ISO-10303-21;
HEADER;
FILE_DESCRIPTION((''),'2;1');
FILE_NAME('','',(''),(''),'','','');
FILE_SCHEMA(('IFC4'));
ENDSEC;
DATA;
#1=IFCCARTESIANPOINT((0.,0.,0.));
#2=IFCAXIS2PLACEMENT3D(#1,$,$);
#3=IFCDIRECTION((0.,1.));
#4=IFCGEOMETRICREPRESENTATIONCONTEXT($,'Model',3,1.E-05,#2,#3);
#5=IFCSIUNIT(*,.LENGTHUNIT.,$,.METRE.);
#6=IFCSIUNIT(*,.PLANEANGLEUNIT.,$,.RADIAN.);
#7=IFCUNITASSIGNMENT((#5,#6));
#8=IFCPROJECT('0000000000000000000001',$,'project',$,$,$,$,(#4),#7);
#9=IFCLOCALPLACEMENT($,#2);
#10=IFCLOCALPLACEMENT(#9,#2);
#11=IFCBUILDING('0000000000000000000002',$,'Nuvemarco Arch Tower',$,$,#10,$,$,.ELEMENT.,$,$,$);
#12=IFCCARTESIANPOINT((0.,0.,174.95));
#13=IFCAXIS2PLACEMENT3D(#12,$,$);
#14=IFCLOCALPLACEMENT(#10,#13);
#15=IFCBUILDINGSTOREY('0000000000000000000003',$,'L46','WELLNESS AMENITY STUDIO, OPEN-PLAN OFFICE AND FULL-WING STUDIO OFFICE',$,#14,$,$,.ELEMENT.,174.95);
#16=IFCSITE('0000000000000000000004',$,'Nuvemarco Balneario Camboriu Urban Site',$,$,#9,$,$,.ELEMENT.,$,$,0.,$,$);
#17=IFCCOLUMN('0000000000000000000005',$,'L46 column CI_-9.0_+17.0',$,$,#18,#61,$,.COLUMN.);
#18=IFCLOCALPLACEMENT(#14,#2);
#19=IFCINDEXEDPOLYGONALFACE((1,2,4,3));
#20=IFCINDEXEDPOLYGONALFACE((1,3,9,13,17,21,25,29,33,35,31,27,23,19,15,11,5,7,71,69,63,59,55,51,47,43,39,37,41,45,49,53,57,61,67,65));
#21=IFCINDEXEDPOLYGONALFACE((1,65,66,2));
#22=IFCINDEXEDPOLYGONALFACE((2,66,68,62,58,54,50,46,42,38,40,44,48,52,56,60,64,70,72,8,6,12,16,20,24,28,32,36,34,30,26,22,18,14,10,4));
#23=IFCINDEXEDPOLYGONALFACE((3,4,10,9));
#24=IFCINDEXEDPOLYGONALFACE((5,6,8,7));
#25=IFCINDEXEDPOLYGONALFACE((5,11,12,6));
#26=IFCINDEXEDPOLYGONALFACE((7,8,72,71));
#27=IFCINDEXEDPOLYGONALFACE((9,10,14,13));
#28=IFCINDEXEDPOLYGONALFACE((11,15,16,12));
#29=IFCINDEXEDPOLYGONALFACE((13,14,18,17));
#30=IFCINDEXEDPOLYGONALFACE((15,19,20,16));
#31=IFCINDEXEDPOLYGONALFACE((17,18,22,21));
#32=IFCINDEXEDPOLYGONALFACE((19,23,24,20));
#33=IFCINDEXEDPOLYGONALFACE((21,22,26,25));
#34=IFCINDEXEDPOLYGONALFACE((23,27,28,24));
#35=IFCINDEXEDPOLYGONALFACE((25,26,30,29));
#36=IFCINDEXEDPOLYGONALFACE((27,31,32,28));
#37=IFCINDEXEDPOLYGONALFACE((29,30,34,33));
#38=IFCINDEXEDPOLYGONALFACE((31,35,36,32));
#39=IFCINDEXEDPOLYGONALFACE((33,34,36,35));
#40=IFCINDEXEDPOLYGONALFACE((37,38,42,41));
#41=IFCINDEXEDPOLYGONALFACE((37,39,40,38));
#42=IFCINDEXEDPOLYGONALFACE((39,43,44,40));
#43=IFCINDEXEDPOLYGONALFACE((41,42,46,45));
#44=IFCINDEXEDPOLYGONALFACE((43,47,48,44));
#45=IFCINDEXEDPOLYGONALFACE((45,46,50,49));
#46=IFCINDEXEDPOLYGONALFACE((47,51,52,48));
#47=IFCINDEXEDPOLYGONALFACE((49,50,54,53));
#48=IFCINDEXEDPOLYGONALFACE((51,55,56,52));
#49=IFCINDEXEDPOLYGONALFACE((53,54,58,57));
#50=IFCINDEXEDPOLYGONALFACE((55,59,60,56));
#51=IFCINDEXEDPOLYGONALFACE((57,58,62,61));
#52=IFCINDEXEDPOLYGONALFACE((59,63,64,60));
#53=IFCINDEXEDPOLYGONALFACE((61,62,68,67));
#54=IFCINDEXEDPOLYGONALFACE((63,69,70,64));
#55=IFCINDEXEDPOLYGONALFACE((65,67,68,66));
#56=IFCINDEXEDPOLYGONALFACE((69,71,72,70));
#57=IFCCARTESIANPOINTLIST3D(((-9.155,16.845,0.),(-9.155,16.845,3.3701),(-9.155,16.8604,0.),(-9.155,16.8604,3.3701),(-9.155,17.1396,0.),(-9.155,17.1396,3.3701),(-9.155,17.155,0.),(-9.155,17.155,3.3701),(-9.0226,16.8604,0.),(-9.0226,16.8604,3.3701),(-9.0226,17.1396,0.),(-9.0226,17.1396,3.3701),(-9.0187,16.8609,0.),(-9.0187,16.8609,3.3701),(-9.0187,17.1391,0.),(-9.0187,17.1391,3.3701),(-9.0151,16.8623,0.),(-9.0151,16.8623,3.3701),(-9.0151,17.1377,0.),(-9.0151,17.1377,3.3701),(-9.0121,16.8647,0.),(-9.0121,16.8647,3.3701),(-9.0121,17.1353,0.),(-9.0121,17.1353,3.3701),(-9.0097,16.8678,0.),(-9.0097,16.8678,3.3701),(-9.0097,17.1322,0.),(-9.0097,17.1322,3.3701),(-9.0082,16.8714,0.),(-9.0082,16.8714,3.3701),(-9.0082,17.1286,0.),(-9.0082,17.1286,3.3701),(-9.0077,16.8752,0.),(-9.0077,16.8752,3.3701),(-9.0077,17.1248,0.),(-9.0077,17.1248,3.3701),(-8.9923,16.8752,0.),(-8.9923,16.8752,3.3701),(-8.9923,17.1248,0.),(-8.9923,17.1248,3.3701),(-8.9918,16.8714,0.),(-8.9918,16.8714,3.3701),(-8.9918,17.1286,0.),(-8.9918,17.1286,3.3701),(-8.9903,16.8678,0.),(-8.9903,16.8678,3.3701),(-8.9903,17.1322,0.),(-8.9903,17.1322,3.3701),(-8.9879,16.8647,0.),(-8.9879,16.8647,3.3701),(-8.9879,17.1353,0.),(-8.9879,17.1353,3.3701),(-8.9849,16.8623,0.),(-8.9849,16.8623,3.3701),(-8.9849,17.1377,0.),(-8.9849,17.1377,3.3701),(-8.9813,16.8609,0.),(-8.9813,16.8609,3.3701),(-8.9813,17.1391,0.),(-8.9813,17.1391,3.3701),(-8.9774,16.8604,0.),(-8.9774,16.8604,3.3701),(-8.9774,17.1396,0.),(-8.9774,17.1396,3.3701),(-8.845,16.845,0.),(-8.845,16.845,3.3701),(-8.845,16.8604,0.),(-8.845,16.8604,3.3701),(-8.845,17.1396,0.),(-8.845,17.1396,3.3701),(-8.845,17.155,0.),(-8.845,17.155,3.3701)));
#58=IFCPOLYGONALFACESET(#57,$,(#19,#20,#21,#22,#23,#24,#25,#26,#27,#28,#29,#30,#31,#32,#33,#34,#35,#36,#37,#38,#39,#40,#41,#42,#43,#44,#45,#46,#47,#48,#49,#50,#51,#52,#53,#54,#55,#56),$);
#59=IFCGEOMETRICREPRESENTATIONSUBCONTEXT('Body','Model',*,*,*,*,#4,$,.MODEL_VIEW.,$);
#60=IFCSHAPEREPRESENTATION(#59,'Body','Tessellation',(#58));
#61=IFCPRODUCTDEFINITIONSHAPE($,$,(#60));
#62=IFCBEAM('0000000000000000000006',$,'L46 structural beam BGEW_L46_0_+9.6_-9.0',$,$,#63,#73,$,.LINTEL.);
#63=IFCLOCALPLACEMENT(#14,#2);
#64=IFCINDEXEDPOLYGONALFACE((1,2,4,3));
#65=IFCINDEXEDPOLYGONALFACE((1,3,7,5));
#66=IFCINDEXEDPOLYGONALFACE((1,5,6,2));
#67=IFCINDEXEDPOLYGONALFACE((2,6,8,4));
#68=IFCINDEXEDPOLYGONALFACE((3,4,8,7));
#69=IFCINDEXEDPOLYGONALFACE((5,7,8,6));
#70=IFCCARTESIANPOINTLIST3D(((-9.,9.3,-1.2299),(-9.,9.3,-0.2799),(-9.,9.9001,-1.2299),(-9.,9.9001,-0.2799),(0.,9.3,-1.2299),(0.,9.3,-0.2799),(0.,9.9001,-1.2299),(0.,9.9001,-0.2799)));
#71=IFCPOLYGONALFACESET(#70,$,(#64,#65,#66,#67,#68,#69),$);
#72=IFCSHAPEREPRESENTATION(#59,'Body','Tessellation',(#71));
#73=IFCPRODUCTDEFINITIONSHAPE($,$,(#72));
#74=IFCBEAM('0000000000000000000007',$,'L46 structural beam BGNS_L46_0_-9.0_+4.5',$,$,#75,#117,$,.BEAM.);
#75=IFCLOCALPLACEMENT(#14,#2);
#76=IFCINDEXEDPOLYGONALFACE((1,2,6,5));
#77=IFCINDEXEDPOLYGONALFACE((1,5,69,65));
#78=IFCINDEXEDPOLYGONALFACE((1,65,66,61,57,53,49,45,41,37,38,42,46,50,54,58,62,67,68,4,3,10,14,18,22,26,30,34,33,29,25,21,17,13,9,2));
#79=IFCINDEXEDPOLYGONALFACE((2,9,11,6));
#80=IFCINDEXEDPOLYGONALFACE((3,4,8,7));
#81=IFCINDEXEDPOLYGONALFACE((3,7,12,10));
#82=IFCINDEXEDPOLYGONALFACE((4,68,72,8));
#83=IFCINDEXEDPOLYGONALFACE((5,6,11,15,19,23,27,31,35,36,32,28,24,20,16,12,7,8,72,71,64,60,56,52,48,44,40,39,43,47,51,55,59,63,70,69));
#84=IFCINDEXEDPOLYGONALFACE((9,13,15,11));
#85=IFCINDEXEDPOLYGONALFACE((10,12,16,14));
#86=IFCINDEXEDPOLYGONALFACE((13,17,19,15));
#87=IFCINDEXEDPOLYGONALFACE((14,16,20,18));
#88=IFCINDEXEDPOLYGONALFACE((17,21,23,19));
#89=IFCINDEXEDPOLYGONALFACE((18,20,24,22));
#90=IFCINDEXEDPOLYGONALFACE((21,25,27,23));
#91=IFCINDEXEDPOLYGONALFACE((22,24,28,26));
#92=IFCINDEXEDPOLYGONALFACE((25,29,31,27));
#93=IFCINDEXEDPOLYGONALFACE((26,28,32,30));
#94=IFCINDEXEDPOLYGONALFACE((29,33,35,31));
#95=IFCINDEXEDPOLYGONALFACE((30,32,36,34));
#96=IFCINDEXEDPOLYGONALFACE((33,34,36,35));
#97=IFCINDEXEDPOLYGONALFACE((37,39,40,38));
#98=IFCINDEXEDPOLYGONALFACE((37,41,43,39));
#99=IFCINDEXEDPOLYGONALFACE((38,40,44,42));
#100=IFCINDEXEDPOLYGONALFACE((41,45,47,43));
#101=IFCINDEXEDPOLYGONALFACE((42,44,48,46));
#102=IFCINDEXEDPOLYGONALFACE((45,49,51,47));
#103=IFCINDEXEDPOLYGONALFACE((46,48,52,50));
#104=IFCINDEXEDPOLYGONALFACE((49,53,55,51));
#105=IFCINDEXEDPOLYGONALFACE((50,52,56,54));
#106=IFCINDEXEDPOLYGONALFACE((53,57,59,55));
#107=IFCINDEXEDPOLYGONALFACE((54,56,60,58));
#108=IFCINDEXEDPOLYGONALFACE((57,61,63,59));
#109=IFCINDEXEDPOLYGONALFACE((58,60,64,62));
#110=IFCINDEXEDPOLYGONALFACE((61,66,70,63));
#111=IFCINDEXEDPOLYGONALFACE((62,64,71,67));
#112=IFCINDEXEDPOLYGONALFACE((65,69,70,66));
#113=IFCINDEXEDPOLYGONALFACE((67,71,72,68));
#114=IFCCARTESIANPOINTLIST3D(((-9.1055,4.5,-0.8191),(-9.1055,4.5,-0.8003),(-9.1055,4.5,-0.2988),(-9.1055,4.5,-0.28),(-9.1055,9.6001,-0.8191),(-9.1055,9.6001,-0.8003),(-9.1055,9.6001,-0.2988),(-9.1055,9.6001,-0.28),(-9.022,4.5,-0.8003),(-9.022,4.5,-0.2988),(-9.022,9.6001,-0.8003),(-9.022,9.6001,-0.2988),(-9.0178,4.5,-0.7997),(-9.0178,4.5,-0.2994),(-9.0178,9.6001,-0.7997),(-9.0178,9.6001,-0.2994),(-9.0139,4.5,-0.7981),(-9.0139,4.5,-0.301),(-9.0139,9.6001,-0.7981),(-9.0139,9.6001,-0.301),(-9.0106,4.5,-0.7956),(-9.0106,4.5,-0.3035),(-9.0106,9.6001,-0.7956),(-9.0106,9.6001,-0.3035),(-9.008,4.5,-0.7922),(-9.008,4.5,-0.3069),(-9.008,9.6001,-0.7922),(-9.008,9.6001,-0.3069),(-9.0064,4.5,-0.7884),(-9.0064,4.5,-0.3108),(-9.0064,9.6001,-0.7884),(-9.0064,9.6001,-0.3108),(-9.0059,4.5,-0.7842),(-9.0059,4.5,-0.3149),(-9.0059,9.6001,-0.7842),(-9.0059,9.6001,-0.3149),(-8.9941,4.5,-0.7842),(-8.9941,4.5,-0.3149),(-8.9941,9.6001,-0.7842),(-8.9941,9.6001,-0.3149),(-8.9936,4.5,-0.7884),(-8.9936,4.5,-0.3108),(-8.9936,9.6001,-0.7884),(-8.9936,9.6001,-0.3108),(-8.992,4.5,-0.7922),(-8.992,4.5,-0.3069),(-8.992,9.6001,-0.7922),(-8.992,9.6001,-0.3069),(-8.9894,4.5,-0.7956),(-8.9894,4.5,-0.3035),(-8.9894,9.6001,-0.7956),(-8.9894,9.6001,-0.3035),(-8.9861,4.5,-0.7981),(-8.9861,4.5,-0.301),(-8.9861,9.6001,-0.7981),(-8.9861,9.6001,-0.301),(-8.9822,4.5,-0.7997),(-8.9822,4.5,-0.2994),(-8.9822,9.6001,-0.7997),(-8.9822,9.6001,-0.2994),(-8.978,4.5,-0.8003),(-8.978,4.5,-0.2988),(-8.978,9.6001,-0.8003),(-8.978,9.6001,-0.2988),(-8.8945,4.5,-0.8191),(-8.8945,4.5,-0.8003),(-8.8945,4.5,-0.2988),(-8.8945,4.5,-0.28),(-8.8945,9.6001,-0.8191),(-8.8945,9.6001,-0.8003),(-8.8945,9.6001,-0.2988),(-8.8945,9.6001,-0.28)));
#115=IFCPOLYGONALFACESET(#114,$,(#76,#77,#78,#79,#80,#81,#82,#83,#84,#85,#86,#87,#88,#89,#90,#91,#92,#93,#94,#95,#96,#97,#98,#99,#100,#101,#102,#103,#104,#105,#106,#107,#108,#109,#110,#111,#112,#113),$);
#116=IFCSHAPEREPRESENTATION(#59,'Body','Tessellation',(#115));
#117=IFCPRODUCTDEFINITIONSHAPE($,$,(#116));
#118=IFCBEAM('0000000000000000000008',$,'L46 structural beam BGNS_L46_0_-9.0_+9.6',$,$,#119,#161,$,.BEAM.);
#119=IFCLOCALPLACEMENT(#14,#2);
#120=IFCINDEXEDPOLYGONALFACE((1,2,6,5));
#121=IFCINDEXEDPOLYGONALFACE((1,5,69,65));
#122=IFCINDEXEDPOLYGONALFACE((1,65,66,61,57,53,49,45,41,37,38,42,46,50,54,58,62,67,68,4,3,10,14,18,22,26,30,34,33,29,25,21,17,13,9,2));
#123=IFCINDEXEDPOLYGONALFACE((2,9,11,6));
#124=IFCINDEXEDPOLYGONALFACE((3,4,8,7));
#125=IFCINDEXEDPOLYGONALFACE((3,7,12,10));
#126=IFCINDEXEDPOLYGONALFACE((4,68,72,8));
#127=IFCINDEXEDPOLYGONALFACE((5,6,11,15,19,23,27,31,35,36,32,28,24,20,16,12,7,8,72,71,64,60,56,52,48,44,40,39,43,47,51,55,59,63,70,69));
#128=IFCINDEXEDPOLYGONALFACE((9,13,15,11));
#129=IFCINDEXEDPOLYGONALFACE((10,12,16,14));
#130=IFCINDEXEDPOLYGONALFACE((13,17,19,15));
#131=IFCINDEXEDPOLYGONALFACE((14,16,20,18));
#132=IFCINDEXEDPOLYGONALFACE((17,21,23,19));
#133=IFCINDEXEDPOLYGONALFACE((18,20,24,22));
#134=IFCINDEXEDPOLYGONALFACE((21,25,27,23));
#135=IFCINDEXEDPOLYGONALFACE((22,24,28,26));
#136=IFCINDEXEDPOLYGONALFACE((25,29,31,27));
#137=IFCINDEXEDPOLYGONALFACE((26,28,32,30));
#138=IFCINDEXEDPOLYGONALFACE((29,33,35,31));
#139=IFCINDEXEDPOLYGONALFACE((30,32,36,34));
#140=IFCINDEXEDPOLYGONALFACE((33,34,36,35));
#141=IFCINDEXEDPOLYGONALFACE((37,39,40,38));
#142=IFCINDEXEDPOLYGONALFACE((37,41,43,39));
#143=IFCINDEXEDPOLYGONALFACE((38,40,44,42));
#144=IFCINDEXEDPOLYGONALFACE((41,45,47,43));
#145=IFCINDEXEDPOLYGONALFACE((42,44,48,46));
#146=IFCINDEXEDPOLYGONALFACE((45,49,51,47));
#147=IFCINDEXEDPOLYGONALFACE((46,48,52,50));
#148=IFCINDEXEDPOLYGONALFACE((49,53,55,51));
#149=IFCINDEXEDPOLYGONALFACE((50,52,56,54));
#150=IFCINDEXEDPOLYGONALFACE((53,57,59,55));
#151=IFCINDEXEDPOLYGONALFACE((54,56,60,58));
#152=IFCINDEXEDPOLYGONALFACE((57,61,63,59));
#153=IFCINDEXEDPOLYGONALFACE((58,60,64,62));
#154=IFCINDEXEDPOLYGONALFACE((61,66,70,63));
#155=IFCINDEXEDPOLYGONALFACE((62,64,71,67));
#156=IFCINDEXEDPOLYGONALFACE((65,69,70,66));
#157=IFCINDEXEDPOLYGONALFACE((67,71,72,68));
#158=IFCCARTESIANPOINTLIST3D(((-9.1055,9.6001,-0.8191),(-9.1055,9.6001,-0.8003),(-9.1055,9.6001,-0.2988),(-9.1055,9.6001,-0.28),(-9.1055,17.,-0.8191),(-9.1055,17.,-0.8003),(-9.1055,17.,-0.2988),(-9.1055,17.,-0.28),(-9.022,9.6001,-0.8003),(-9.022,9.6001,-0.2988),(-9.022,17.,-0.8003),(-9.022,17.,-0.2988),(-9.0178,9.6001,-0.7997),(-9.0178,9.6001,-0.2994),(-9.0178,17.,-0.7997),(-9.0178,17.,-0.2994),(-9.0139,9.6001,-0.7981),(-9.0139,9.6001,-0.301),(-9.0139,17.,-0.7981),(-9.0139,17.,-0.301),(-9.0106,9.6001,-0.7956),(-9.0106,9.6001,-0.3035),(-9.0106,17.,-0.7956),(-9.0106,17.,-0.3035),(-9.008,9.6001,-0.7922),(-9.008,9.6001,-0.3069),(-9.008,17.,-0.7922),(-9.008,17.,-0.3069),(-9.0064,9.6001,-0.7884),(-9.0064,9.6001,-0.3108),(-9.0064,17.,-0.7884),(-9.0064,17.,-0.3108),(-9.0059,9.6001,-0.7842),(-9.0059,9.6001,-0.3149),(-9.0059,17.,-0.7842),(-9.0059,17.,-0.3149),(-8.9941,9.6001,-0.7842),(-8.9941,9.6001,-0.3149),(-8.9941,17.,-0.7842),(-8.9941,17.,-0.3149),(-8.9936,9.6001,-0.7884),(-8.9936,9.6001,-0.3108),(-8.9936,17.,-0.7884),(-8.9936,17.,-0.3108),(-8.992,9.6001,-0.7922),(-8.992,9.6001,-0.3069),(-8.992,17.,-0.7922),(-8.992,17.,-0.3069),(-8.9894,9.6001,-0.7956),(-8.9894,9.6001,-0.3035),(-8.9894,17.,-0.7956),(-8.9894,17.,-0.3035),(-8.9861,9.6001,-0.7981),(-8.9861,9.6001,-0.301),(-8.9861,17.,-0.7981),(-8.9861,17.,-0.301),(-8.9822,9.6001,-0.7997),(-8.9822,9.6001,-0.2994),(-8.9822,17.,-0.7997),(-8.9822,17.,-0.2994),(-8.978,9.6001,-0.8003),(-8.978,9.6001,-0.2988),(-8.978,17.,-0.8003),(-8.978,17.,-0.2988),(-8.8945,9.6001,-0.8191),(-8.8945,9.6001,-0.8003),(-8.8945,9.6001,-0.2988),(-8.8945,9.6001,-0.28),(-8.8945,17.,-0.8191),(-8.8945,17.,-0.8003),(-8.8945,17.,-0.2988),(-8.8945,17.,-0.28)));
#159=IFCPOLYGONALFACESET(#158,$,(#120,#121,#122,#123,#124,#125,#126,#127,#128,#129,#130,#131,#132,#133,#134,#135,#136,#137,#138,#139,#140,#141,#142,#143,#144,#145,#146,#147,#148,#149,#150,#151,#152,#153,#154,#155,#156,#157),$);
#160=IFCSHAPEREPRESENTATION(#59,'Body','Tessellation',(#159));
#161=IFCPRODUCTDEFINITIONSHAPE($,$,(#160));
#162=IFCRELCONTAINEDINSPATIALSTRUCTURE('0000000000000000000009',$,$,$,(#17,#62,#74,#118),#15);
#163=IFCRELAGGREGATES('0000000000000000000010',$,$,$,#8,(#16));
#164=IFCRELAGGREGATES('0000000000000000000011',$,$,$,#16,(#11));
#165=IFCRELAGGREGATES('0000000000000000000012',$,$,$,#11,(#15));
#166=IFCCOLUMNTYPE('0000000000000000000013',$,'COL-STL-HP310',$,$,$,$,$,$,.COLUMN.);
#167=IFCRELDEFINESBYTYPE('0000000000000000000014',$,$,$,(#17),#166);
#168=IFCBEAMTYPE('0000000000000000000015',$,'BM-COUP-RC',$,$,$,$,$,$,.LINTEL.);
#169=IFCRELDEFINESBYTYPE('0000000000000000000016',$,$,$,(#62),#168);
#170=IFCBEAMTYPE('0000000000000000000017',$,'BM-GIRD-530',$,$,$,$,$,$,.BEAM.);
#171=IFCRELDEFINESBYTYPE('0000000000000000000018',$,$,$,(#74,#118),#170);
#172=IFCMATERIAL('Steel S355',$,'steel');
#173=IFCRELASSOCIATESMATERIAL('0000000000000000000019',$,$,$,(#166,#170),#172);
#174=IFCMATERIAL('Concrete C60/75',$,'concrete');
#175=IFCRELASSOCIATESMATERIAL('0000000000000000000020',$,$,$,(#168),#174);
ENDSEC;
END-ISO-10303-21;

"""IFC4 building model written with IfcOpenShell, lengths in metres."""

from ifc_helpers import new_model, si_unit, direction, frame, origin, origin_2d, place, context, subcontext, project, spatial, rectangle, i_section, extrude, material, material_profile, profile_set, type_object, element, save


model = new_model("IFC4")

# Units and contexts
model_context = context("Model", 3, precision=1e-05, world=origin(), true_north=direction((0.0, 1.0)))
body_context = subcontext(model_context, "Body", "Model", "MODEL_VIEW")
ifc_project = project(units=[si_unit("LENGTHUNIT", "METRE"), si_unit("PLANEANGLEUNIT", "RADIAN")], contexts=[model_context])

# Site, building, storey
site_placement = place(None, origin())
site = spatial("IfcSite", under=ifc_project, at=site_placement, Name="Nuvemarco Balneario Camboriu Urban Site", CompositionType="ELEMENT", RefElevation=0.0)
building_placement = place(site_placement, origin())
building = spatial("IfcBuilding", under=site, at=building_placement, Name="Nuvemarco Arch Tower", CompositionType="ELEMENT")
storey_placement = place(building_placement, frame((0.0, 0.0, 174.95)))
storey = spatial("IfcBuildingStorey", under=building, at=storey_placement, Name="L46", Description="WELLNESS AMENITY STUDIO, OPEN-PLAN OFFICE AND FULL-WING STUDIO OFFICE", CompositionType="ELEMENT", Elevation=174.95)

# Column
ifc_material_1 = material(Name="Steel S355", Category="steel")
ifc_material_profile_1 = material_profile(ifc_material_1, i_section(OverallWidth=0.3101, OverallDepth=0.3101, WebThickness=0.0154, FlangeThickness=0.0154, FilletRadius=0.0149, at=origin_2d()), Name="HP310x110")
ifc_profile_set_1 = profile_set([ifc_material_profile_1], Name="Steel S355")
column_type_1 = type_object("IfcColumnType", Name="COL-STL-HP310", PredefinedType="COLUMN", material=ifc_profile_set_1)
column_placement = place(storey_placement, frame((-9.0, 17.0, 0.0), z_axis=(0.0, 0.0, 1.0), x_axis=(1.0, 0.0, 0.0)))
element("IfcColumn", 1, at=column_placement, inside=storey, type_object=column_type_1, Name="L46 column CI_-9.0_+17.0", PredefinedType="COLUMN", context=body_context, shape_type="SweptSolid", body=[
    extrude(i_section(OverallWidth=0.3101, OverallDepth=0.3101, WebThickness=0.0154, FlangeThickness=0.0154, FilletRadius=0.0149, at=origin_2d()), origin(), (0.0, 0.0, 1.0), 3.3701),
])

# Beams
ifc_material_2 = material(Name="Concrete C60/75", Category="concrete")
ifc_material_profile_2 = material_profile(ifc_material_2, rectangle(XDim=0.6001, YDim=0.95, at=origin_2d()), Name="RC-BM-600x950")
ifc_profile_set_2 = profile_set([ifc_material_profile_2], Name="Concrete C60/75")
beam_type_1 = type_object("IfcBeamType", Name="BM-COUP-RC", PredefinedType="LINTEL", material=ifc_profile_set_2)
beam_1_placement = place(storey_placement, frame((-9.0, 9.6001, -0.7549), z_axis=(1.0, 0.0, 0.0), x_axis=(0.0, 1.0, 0.0)))
element("IfcBeam", 2, at=beam_1_placement, inside=storey, type_object=beam_type_1, Name="L46 structural beam BGEW_L46_0_+9.6_-9.0", PredefinedType="LINTEL", context=body_context, shape_type="SweptSolid", body=[
    extrude(rectangle(XDim=0.6001, YDim=0.95, at=origin_2d()), origin(), (0.0, 0.0, 1.0), 9.0),
])
ifc_material_profile_3 = material_profile(ifc_material_1, i_section(OverallWidth=0.2109, OverallDepth=0.5391, WebThickness=0.0117, FlangeThickness=0.0188, FilletRadius=0.0161, at=origin_2d()), Name="W530x109")
ifc_profile_set_3 = profile_set([ifc_material_profile_3], Name="Steel S355")
beam_type_2 = type_object("IfcBeamType", Name="BM-GIRD-530", PredefinedType="BEAM", material=ifc_profile_set_3)
beam_2_placement = place(storey_placement, frame((-9.0, 4.5, -0.5496), z_axis=(0.0, 1.0, 0.0), x_axis=(-1.0, 0.0, 0.0)))
element("IfcBeam", 3, at=beam_2_placement, inside=storey, type_object=beam_type_2, Name="L46 structural beam BGNS_L46_0_-9.0_+4.5", PredefinedType="BEAM", context=body_context, shape_type="SweptSolid", body=[
    extrude(i_section(OverallWidth=0.2109, OverallDepth=0.5391, WebThickness=0.0117, FlangeThickness=0.0188, FilletRadius=0.0161, at=origin_2d()), origin(), (0.0, 0.0, 1.0), 5.1001),
])
beam_3_placement = place(storey_placement, frame((-9.0, 9.6001, -0.5496), z_axis=(0.0, 1.0, 0.0), x_axis=(-1.0, 0.0, 0.0)))
element("IfcBeam", 4, at=beam_3_placement, inside=storey, type_object=beam_type_2, Name="L46 structural beam BGNS_L46_0_-9.0_+9.6", PredefinedType="BEAM", context=body_context, shape_type="SweptSolid", body=[
    extrude(i_section(OverallWidth=0.2109, OverallDepth=0.5391, WebThickness=0.0117, FlangeThickness=0.0188, FilletRadius=0.0161, at=origin_2d()), origin(), (0.0, 0.0, 1.0), 7.3999),
])

save(model, "model.ifc")
